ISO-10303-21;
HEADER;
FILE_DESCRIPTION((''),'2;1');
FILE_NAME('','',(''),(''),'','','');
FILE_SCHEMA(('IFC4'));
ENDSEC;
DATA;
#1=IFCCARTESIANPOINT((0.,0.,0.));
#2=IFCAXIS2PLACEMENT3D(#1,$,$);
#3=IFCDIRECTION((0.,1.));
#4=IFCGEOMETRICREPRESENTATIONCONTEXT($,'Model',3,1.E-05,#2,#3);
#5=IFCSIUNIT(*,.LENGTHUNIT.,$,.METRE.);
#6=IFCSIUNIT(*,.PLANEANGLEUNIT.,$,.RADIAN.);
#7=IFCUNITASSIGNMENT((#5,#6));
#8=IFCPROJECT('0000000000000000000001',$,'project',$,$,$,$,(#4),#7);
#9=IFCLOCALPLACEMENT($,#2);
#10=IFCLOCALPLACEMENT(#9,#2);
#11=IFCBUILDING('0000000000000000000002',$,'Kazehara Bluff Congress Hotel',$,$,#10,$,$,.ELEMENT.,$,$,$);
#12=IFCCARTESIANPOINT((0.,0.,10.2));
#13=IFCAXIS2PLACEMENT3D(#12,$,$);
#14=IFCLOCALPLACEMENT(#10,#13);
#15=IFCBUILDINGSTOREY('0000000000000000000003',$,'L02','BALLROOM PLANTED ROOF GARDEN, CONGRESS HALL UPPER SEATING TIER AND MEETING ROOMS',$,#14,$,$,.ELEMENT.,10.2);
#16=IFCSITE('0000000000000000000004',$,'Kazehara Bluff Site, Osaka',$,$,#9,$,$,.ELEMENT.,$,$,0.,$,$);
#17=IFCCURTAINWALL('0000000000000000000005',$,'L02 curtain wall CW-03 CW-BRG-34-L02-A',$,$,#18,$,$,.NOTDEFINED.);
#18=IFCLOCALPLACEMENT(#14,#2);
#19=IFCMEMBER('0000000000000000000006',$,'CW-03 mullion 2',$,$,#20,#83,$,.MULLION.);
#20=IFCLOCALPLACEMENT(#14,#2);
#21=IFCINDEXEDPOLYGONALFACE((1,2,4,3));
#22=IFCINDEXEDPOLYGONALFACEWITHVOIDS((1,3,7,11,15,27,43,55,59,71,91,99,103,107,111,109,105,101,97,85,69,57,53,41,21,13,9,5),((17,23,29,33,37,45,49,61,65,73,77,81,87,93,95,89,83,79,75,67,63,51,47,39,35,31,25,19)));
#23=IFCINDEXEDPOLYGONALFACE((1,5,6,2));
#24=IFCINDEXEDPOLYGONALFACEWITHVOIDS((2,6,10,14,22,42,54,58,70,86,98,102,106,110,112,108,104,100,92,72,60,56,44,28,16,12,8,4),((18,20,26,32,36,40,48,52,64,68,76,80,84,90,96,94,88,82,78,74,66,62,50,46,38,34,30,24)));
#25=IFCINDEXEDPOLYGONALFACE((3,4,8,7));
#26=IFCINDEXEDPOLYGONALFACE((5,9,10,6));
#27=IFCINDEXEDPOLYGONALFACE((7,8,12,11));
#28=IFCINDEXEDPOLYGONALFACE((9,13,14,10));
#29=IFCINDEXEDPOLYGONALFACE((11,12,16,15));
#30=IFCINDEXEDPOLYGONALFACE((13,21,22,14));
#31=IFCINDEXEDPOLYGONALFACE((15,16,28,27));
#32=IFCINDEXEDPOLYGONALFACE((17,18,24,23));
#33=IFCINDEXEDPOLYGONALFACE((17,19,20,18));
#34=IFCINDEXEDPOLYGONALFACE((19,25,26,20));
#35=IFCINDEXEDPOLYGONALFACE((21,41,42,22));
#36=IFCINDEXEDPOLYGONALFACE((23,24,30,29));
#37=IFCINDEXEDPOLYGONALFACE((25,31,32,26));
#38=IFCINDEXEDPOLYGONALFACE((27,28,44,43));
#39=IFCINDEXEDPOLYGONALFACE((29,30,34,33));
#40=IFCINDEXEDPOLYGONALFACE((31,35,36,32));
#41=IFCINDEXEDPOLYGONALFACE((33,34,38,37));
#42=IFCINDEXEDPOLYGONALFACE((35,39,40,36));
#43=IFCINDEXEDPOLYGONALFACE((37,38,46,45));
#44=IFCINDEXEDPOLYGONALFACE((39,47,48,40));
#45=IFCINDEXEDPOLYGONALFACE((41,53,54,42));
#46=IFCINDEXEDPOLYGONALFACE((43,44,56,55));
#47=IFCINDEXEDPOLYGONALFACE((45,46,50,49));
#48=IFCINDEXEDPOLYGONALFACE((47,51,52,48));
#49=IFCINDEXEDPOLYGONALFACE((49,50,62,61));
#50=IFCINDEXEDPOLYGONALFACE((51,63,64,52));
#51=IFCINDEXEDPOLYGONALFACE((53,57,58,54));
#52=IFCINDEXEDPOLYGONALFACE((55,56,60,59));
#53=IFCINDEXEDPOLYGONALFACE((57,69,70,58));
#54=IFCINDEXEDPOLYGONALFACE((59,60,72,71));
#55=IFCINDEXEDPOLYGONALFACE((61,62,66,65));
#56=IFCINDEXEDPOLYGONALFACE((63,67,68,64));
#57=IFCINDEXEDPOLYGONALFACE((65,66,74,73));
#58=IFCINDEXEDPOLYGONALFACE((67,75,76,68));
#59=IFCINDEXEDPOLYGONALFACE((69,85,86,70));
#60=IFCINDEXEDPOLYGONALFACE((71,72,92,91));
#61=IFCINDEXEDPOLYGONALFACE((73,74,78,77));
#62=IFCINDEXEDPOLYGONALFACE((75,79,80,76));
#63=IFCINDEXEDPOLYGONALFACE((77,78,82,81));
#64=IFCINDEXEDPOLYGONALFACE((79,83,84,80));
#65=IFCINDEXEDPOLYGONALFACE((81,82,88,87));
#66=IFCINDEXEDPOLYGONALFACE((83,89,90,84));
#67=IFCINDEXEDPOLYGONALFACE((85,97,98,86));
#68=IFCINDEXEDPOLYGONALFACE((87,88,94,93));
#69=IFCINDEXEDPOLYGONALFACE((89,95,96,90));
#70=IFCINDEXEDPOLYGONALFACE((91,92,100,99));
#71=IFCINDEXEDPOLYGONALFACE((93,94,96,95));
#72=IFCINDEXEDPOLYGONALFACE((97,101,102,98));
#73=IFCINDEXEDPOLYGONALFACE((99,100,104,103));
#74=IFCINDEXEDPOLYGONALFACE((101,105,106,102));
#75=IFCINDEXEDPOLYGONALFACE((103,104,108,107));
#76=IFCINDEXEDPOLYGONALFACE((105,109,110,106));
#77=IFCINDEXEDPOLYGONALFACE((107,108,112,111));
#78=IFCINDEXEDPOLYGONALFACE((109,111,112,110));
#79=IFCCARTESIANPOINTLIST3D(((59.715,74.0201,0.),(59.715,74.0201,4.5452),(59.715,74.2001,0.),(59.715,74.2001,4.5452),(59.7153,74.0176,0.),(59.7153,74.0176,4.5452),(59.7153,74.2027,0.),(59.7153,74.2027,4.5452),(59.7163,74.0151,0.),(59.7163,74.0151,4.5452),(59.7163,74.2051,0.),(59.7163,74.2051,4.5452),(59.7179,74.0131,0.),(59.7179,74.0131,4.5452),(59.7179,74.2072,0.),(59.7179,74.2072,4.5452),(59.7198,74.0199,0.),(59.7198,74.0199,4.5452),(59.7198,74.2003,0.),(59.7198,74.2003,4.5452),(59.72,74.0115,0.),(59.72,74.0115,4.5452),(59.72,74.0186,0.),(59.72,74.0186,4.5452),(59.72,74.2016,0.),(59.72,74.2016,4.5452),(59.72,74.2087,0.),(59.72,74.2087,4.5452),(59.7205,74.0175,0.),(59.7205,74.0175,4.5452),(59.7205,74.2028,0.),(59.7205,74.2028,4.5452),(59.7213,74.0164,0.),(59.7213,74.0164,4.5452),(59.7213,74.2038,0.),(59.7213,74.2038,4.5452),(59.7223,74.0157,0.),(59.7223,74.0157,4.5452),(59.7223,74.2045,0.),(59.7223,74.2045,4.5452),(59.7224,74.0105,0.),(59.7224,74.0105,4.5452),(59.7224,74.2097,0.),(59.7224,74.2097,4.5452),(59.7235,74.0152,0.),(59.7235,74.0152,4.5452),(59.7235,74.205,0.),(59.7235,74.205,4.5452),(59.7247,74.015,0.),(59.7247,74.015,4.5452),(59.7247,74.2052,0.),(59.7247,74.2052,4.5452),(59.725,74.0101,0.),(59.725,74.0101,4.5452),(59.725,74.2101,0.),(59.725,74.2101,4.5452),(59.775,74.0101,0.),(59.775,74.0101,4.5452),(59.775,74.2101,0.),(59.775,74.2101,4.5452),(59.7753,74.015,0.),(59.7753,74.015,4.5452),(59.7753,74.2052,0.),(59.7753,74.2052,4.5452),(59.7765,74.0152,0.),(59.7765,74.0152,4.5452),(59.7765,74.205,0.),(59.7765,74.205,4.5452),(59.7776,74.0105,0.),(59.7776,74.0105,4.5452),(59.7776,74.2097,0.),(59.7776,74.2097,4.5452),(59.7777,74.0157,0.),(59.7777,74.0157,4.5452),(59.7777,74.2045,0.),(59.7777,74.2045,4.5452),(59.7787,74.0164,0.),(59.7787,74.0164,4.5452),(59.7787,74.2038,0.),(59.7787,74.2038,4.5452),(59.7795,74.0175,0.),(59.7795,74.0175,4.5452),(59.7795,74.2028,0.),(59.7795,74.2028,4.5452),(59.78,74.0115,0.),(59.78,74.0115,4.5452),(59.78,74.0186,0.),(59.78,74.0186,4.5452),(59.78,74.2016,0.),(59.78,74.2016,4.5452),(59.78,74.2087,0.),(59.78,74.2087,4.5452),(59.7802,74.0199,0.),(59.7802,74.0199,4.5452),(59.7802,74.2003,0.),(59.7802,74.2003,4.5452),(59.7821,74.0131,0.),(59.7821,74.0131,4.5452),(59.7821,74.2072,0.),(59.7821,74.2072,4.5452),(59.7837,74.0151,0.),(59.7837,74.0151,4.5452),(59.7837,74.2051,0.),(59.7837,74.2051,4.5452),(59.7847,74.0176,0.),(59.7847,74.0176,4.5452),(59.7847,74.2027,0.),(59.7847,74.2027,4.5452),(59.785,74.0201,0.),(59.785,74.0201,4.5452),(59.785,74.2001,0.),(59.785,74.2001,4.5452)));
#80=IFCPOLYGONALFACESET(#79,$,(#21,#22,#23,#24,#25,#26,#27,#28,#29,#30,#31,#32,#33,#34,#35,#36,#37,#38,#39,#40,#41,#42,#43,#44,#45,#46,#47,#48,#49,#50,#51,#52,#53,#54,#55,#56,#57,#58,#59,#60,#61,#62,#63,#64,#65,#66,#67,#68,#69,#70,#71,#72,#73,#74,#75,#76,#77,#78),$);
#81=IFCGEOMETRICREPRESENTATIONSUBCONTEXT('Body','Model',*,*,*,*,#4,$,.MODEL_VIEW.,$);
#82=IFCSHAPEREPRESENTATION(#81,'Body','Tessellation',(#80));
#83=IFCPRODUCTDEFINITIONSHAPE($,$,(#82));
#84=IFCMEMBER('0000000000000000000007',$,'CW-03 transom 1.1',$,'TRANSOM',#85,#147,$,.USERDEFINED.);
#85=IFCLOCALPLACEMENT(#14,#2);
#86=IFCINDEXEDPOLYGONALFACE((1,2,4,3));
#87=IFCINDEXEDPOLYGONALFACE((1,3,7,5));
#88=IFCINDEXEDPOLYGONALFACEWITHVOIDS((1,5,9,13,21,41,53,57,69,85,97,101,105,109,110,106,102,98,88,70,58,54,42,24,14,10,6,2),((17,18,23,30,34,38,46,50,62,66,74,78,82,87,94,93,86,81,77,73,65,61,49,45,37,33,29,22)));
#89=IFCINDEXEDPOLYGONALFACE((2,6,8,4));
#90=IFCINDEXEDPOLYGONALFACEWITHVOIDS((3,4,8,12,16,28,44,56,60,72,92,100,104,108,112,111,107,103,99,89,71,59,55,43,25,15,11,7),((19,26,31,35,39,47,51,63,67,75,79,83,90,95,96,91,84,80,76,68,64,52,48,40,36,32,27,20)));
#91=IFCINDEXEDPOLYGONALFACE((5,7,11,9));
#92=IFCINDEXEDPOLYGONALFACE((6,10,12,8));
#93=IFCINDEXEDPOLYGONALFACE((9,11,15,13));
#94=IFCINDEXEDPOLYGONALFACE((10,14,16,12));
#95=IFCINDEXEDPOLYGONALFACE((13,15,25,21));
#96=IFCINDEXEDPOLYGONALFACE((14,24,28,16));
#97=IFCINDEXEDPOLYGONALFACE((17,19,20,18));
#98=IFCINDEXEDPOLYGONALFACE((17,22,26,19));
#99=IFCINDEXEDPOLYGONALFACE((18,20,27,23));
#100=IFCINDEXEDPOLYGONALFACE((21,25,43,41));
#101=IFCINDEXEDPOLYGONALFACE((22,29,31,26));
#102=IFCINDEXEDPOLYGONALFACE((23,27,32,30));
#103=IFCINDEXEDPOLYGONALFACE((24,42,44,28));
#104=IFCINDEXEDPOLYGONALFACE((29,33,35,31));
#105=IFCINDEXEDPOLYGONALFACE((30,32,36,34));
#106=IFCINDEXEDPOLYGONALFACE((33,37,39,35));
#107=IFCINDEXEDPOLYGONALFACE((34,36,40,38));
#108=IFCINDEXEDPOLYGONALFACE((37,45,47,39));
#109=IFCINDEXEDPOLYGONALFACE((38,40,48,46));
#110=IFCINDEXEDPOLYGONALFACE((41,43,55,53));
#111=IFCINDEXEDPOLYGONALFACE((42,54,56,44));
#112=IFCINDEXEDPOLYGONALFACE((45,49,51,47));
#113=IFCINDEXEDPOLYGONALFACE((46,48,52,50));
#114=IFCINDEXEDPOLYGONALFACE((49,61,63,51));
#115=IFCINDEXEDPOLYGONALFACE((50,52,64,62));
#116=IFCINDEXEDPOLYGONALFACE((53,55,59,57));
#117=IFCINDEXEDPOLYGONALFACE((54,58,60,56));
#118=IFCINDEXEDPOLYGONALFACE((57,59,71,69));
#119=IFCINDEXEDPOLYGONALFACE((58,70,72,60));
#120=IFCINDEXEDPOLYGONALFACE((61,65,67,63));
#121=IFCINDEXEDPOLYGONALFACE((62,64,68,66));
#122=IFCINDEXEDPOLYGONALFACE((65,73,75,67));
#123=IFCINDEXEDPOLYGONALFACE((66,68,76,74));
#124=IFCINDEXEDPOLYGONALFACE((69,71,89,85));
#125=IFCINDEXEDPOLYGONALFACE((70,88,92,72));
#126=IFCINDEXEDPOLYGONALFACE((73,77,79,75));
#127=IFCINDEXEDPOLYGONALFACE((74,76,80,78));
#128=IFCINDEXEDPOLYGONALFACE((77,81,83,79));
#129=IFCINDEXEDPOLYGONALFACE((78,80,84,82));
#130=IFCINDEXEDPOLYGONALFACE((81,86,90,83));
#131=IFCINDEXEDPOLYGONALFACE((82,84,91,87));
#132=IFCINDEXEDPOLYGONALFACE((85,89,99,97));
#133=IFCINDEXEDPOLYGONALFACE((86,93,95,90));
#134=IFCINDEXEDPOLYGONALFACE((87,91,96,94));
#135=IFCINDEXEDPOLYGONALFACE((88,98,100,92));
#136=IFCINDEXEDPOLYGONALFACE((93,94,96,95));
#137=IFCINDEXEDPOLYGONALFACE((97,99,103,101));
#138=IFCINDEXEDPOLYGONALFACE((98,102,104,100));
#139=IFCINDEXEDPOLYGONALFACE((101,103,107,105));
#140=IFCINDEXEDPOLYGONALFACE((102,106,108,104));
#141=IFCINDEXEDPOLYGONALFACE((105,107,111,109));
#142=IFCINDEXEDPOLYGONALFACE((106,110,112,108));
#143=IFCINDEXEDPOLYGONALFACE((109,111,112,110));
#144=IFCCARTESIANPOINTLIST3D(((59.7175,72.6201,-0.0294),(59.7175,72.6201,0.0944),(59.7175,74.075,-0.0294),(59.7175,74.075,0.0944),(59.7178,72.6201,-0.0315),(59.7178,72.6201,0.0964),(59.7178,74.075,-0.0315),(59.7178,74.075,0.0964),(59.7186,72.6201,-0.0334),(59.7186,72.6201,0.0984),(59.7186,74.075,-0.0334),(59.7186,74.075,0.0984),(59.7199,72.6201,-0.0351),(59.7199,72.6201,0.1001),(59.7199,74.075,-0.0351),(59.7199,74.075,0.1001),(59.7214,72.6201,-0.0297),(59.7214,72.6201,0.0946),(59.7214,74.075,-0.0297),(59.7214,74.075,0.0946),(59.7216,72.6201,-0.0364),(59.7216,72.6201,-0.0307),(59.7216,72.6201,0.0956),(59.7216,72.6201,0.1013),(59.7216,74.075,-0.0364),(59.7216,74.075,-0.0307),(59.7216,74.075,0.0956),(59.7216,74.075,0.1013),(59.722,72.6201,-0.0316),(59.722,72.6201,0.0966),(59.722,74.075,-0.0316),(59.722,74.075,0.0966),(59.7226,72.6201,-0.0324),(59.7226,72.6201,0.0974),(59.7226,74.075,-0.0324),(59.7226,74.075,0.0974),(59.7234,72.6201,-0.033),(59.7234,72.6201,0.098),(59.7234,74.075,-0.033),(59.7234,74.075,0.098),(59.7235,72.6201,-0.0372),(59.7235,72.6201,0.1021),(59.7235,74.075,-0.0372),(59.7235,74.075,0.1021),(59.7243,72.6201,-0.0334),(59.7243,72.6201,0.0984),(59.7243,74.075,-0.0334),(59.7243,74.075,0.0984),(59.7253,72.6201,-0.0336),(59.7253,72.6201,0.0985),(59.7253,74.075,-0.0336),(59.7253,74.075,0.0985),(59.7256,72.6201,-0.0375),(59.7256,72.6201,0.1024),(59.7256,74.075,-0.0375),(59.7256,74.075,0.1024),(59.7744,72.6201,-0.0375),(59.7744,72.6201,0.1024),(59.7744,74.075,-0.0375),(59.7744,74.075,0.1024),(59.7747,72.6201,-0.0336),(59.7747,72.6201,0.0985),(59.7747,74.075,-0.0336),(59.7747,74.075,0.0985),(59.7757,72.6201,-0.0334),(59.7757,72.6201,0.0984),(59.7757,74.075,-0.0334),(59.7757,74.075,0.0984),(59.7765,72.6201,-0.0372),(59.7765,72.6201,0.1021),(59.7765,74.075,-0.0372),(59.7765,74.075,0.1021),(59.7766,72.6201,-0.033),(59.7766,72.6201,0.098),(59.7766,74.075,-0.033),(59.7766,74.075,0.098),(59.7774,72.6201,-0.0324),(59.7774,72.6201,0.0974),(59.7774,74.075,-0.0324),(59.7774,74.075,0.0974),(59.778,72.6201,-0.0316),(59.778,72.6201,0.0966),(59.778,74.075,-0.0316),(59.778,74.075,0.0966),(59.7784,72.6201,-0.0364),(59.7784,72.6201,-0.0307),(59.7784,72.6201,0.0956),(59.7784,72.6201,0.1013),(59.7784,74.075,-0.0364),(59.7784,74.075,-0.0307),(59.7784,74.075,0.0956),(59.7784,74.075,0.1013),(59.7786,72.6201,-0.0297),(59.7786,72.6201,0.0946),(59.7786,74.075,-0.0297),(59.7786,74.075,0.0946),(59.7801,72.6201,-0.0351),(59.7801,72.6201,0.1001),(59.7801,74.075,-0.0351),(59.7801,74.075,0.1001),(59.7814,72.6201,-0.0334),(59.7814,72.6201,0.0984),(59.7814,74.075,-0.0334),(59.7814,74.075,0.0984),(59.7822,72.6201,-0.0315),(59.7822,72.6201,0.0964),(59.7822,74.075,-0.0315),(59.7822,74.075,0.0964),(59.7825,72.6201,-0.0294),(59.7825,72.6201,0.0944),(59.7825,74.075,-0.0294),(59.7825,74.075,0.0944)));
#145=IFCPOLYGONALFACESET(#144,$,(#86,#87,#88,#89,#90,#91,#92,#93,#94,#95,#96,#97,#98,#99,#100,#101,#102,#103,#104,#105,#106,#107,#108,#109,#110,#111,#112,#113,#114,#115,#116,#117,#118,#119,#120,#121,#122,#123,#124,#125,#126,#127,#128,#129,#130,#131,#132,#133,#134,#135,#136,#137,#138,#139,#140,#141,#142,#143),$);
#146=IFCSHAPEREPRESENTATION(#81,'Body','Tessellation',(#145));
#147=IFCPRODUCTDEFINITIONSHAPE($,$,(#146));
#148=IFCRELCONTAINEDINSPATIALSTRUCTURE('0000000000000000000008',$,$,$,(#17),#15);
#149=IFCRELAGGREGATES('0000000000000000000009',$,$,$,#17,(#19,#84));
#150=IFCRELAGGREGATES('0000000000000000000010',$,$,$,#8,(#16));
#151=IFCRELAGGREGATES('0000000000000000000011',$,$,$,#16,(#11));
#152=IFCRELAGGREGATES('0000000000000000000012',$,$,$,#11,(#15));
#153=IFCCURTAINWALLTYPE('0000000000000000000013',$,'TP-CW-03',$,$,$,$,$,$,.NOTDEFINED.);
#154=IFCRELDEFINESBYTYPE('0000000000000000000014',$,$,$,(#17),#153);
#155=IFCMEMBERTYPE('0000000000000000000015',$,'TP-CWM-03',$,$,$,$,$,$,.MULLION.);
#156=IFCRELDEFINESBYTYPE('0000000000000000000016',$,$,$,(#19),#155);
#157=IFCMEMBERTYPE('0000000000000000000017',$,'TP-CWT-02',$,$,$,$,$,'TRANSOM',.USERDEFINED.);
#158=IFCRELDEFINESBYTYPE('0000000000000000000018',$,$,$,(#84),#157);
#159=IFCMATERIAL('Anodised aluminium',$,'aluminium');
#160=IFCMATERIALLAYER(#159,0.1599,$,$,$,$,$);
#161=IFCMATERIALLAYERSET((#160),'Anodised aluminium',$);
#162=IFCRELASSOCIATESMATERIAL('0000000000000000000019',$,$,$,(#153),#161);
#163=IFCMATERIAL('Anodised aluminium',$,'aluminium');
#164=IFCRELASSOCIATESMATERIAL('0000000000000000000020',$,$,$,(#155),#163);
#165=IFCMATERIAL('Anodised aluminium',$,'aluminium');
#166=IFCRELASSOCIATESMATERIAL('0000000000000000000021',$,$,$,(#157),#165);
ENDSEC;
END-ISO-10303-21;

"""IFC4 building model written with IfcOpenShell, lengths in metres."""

from ifc_helpers import new_model, si_unit, direction, frame, origin, origin_2d, place, context, subcontext, project, spatial, hollow_rectangle, extrude, material, layer, layer_set, material_profile, profile_set, type_object, element, aggregate, save


model = new_model("IFC4")

# Units and contexts
model_context = context("Model", 3, precision=1e-05, world=origin(), true_north=direction((0.0, 1.0)))
body_context = subcontext(model_context, "Body", "Model", "MODEL_VIEW")
ifc_project = project(units=[si_unit("LENGTHUNIT", "METRE"), si_unit("PLANEANGLEUNIT", "RADIAN")], contexts=[model_context])

# Site, building, storey
site_placement = place(None, origin())
site = spatial("IfcSite", under=ifc_project, at=site_placement, Name="Kazehara Bluff Site, Osaka", CompositionType="ELEMENT", RefElevation=0.0)
building_placement = place(site_placement, origin())
building = spatial("IfcBuilding", under=site, at=building_placement, Name="Kazehara Bluff Congress Hotel", CompositionType="ELEMENT")
storey_placement = place(building_placement, frame((0.0, 0.0, 10.2)))
storey = spatial("IfcBuildingStorey", under=building, at=storey_placement, Name="L02", Description="BALLROOM PLANTED ROOF GARDEN, CONGRESS HALL UPPER SEATING TIER AND MEETING ROOMS", CompositionType="ELEMENT", Elevation=10.2)

# Curtain wall, members
ifc_material_1 = material(Name="Anodised aluminium", Category="aluminium")
ifc_layer_1 = layer(ifc_material_1, 0.1599)
ifc_layer_set_1 = layer_set([ifc_layer_1], Name="Anodised aluminium")
curtain_wall_type_1 = type_object("IfcCurtainWallType", Name="TP-CW-03", PredefinedType="NOTDEFINED", material=ifc_layer_set_1)
curtain_wall_1_placement = place(storey_placement, origin())
curtain_wall_1 = element("IfcCurtainWall", 1, at=curtain_wall_1_placement, inside=storey, type_object=curtain_wall_type_1, Name="L02 curtain wall CW-03 CW-BRG-34-L02-A", PredefinedType="NOTDEFINED")
ifc_material_2 = material(Name="Anodised aluminium", Category="aluminium")
ifc_material_profile_1 = material_profile(ifc_material_2, hollow_rectangle(XDim=0.0701, YDim=0.2, WallThickness=0.0049, InnerFilletRadius=0.0049, OuterFilletRadius=0.01, at=origin_2d()))
ifc_profile_set_1 = profile_set([ifc_material_profile_1], Name="Anodised aluminium")
member_type_1 = type_object("IfcMemberType", Name="TP-CWM-03", PredefinedType="MULLION", material=ifc_profile_set_1)
member_1_placement = place(storey_placement, frame((59.75, 74.1101, 0.0), z_axis=(0.0, 0.0, 1.0), x_axis=(-1.0, 0.0, 0.0)))
member_1 = element("IfcMember", 2, at=member_1_placement, type_object=member_type_1, Name="CW-03 mullion 2", PredefinedType="MULLION", context=body_context, shape_type="SweptSolid", body=[
    extrude(hollow_rectangle(XDim=0.0701, YDim=0.2, WallThickness=0.0049, InnerFilletRadius=0.0049, OuterFilletRadius=0.01, at=origin_2d()), origin(), (0.0, 0.0, 1.0), 4.5452),
])
ifc_material_3 = material(Name="Anodised aluminium", Category="aluminium")
ifc_material_profile_2 = material_profile(ifc_material_3, hollow_rectangle(XDim=0.0649, YDim=0.1399, WallThickness=0.0039, InnerFilletRadius=0.0039, OuterFilletRadius=0.0081, at=origin_2d()))
ifc_profile_set_2 = profile_set([ifc_material_profile_2], Name="Anodised aluminium")
member_type_2 = type_object("IfcMemberType", Name="TP-CWT-02", ElementType="TRANSOM", PredefinedType="USERDEFINED", material=ifc_profile_set_2)
member_2_placement = place(storey_placement, frame((59.75, 72.6201, 0.0325), z_axis=(0.0, 1.0, 0.0), x_axis=(-1.0, 0.0, 0.0)))
member_2 = element("IfcMember", 3, at=member_2_placement, type_object=member_type_2, Name="CW-03 transom 1.1", ObjectType="TRANSOM", PredefinedType="USERDEFINED", context=body_context, shape_type="SweptSolid", body=[
    extrude(hollow_rectangle(XDim=0.0649, YDim=0.1399, WallThickness=0.0039, InnerFilletRadius=0.0039, OuterFilletRadius=0.0081, at=origin_2d()), origin(), (0.0, 0.0, 1.0), 1.4548),
])

aggregate(curtain_wall_1, [member_1, member_2])

save(model, "model.ifc")
